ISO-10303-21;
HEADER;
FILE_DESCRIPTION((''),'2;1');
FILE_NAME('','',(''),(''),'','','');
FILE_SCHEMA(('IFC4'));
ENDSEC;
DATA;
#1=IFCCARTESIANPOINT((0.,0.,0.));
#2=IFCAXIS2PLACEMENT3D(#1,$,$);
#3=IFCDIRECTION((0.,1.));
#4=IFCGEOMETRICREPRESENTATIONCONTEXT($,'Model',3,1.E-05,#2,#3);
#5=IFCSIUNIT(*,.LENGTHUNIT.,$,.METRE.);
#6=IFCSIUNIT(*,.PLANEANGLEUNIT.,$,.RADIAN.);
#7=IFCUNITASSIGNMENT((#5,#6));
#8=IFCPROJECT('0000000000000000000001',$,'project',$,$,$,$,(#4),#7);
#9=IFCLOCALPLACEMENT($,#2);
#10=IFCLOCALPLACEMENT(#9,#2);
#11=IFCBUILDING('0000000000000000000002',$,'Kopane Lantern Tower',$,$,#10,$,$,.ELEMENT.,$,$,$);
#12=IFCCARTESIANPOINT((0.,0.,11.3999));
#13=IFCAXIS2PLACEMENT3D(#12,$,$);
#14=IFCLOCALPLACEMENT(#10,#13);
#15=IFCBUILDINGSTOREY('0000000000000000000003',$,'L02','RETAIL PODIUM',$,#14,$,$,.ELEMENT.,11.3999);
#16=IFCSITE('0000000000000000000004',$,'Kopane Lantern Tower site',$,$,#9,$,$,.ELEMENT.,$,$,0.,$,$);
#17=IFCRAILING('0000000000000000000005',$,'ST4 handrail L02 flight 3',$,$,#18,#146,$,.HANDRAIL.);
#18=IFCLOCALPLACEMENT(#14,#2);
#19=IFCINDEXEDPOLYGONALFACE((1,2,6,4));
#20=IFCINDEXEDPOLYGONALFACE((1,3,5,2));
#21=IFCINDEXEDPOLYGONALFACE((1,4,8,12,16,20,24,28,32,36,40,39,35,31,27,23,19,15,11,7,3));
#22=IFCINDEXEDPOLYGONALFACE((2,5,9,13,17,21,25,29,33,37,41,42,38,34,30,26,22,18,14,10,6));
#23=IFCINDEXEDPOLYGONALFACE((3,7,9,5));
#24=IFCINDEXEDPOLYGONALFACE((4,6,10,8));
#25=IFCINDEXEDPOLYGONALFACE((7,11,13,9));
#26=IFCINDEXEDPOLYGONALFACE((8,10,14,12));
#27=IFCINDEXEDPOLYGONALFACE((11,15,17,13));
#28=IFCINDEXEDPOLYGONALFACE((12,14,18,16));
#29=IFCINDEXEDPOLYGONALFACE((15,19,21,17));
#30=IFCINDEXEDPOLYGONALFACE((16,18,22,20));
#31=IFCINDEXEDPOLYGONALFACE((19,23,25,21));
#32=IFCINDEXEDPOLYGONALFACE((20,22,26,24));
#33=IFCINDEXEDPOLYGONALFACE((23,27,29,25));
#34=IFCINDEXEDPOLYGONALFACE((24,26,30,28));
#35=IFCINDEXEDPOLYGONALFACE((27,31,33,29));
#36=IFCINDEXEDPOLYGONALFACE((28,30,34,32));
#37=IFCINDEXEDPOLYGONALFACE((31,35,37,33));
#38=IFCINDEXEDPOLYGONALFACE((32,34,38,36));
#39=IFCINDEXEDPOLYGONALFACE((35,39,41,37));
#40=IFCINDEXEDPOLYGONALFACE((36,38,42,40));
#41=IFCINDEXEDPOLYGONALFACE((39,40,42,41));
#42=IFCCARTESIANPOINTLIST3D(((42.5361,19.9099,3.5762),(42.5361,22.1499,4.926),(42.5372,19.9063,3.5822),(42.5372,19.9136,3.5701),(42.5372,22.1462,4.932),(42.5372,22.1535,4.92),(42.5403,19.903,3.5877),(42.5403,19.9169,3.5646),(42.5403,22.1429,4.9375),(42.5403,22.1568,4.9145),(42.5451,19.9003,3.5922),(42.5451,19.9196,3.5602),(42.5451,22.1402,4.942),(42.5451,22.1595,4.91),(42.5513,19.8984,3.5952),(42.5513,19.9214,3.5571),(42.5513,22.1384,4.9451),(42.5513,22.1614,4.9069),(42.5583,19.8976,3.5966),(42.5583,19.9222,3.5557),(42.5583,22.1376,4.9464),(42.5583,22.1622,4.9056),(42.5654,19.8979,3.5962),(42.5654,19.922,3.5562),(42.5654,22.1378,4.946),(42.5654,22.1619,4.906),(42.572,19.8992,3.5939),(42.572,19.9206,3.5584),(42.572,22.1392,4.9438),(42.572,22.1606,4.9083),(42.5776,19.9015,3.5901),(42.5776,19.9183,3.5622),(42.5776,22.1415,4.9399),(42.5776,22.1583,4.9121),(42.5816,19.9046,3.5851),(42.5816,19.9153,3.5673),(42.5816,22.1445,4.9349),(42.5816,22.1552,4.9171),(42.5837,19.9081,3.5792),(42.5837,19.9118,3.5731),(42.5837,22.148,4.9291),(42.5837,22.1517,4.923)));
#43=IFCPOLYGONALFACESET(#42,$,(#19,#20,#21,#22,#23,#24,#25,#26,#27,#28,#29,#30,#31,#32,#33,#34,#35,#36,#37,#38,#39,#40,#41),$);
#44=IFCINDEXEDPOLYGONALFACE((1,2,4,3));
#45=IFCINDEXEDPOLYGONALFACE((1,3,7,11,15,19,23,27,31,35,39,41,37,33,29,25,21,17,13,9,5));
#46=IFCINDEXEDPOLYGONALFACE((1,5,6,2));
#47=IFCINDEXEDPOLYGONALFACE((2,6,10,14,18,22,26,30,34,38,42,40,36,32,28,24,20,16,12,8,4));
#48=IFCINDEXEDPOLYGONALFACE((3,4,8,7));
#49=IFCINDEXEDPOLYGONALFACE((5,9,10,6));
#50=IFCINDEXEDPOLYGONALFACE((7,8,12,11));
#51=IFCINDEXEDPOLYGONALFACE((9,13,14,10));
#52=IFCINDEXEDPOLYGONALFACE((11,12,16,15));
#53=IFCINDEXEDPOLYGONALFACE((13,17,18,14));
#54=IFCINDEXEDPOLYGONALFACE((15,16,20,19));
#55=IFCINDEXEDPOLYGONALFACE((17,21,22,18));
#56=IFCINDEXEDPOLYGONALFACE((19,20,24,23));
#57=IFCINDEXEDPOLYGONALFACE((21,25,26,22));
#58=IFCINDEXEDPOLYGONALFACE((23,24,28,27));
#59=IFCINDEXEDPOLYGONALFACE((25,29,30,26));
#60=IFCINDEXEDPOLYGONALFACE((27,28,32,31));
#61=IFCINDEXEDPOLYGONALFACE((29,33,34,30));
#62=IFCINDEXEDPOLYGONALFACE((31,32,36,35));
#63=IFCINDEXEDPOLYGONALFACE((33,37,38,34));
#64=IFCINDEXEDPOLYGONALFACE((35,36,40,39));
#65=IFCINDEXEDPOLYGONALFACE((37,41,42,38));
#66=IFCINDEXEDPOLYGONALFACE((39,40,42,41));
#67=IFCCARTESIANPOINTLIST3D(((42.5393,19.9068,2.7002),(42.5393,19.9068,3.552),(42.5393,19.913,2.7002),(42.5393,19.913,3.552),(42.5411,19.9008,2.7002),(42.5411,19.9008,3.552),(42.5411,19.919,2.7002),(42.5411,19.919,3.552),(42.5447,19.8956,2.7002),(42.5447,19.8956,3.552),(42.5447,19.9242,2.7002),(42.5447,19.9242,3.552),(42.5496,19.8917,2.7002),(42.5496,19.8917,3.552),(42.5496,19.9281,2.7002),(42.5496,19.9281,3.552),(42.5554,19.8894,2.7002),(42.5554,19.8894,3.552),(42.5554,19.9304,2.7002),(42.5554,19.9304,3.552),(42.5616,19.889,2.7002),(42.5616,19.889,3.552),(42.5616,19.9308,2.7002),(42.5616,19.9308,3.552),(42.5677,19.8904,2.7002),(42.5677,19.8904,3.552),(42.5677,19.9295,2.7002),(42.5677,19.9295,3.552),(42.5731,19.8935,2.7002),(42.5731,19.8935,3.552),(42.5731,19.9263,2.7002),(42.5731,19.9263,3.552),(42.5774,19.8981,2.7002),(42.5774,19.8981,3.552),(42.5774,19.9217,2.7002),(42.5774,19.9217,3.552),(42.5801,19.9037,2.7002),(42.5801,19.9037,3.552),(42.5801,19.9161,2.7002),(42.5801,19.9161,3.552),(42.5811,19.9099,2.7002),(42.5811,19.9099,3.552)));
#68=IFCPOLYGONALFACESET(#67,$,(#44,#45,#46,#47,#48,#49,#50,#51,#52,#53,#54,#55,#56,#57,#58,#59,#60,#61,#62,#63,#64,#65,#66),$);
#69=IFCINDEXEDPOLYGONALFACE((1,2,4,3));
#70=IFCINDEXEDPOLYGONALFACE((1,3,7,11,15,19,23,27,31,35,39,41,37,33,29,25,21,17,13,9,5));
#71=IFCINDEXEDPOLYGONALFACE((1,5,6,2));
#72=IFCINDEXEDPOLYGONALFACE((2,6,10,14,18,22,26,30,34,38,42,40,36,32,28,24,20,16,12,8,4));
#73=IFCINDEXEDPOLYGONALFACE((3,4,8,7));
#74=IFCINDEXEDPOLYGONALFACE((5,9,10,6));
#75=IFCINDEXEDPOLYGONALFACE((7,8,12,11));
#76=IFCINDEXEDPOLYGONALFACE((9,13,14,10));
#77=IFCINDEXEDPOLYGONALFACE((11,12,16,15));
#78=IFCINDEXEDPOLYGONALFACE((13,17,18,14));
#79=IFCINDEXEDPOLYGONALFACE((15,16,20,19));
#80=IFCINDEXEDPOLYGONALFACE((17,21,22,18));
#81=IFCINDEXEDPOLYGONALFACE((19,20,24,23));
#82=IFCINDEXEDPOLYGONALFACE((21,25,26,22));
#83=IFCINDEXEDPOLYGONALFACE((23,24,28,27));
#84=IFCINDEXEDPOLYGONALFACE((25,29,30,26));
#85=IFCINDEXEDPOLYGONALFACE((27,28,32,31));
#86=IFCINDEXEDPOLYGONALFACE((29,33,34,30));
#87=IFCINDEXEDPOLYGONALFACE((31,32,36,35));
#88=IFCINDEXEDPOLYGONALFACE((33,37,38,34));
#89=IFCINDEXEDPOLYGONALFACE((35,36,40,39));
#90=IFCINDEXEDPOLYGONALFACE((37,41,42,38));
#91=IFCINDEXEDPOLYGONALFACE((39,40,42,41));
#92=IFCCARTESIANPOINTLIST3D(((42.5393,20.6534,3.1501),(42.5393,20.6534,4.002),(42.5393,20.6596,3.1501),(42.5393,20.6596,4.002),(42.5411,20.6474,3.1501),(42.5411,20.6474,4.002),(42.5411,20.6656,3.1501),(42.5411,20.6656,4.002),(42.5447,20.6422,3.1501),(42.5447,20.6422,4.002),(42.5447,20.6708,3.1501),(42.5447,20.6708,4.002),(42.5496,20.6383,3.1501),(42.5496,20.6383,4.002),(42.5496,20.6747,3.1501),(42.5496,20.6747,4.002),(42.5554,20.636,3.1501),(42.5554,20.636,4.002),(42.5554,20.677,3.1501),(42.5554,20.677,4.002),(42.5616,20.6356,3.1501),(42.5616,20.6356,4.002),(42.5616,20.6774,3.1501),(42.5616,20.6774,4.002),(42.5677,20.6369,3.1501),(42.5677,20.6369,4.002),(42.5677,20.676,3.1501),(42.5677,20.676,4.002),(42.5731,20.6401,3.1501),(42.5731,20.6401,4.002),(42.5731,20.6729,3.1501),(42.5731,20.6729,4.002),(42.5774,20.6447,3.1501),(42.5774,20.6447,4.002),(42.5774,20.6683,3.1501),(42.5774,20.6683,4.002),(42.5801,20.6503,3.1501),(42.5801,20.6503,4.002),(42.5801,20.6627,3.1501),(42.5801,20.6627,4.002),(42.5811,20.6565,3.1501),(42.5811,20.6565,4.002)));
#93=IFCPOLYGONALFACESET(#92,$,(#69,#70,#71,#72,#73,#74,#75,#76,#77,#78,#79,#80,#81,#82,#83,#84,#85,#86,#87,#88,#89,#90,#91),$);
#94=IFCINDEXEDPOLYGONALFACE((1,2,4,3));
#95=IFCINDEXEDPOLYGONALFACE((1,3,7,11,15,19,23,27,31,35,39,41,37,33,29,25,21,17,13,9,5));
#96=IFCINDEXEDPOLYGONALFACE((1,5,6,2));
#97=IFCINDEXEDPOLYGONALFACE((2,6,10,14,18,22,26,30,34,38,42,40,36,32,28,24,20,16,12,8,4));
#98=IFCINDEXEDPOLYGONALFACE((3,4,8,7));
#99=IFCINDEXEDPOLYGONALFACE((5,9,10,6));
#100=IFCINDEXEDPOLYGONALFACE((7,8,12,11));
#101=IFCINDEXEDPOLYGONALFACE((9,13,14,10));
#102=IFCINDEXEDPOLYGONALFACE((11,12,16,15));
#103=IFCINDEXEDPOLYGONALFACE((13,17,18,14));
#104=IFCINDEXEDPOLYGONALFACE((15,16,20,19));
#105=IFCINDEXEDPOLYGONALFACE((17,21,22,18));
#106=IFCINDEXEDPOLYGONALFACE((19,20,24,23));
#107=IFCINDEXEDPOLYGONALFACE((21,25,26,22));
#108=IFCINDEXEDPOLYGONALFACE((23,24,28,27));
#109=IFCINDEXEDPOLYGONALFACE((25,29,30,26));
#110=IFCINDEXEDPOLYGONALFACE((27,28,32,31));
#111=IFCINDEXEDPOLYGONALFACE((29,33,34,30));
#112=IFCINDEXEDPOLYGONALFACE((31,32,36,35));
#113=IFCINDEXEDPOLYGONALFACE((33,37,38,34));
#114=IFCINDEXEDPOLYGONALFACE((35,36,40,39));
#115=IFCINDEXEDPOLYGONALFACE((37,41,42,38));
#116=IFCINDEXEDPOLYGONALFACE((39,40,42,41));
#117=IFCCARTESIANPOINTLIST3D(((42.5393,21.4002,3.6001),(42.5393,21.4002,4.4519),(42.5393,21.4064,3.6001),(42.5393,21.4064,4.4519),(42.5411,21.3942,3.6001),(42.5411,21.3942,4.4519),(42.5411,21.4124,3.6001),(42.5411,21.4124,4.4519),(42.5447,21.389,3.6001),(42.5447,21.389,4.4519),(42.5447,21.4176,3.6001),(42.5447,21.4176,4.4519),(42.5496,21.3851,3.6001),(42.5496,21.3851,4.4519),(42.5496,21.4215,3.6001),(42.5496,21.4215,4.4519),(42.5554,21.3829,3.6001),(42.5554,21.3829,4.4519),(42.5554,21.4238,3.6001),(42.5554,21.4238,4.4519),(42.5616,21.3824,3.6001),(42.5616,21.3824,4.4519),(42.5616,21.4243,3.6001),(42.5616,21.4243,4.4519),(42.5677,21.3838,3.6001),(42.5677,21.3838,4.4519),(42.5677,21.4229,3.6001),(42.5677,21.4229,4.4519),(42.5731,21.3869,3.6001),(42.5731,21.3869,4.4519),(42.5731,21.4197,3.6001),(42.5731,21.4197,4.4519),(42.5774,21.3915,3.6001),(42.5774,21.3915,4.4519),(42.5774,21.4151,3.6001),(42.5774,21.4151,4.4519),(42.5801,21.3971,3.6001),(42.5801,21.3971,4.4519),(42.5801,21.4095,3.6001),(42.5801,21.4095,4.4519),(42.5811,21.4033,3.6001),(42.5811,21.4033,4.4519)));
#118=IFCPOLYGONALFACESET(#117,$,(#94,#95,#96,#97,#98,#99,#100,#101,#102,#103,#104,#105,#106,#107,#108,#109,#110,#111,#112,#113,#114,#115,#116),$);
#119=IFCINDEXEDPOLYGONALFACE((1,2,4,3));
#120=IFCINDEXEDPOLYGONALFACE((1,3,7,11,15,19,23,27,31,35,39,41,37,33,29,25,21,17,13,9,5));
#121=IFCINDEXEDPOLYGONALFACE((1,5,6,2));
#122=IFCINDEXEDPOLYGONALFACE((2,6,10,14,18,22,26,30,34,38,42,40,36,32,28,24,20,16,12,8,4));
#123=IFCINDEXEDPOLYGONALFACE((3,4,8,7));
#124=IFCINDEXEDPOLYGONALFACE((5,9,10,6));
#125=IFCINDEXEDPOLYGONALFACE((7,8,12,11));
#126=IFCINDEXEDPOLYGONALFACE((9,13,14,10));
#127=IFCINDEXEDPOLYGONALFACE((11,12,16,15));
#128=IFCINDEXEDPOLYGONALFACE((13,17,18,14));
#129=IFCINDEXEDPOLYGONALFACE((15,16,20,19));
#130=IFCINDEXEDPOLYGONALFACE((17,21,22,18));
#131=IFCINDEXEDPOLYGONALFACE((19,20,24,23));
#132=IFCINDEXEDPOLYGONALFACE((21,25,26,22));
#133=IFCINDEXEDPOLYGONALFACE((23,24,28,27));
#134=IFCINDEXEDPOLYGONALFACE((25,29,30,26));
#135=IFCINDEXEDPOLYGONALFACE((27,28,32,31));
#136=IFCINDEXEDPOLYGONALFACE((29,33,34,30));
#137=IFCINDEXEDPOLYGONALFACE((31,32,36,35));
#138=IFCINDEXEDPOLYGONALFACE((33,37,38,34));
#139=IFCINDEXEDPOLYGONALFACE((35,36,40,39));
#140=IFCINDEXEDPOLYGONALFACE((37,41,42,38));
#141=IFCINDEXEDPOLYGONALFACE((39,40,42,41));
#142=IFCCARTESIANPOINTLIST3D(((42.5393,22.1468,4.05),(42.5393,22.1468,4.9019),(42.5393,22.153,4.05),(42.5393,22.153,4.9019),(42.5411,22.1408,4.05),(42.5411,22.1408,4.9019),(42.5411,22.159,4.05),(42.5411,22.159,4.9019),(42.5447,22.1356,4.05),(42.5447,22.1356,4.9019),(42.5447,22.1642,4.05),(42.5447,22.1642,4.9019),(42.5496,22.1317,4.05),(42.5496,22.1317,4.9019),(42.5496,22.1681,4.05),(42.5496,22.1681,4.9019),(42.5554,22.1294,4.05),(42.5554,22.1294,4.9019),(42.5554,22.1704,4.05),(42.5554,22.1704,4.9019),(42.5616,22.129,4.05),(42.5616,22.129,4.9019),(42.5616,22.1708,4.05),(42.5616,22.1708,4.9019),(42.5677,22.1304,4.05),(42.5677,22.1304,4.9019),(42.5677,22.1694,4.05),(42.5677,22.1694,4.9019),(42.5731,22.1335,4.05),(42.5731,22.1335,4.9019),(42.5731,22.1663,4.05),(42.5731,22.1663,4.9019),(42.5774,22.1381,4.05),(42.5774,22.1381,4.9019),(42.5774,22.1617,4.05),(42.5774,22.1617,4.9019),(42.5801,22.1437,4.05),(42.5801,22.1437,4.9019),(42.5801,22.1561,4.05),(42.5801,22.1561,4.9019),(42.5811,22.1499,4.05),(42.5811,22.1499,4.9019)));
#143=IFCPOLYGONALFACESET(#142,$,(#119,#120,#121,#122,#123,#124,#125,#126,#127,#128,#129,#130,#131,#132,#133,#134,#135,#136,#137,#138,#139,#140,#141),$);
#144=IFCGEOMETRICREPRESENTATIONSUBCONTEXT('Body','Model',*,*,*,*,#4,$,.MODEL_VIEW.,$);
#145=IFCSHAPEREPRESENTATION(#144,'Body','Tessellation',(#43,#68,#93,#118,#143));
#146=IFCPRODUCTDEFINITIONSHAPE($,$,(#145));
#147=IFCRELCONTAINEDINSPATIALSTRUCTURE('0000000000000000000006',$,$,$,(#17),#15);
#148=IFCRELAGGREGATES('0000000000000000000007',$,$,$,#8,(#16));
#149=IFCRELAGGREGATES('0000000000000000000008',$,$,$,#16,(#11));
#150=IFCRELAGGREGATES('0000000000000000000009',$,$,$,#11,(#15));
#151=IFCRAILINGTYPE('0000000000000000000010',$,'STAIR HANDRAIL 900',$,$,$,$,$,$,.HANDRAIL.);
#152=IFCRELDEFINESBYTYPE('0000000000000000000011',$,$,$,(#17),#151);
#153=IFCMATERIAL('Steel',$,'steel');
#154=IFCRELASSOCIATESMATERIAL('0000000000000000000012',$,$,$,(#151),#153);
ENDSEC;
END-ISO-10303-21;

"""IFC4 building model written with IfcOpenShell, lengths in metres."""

from ifc_helpers import new_model, si_unit, direction, frame, origin, origin_2d, place, context, subcontext, project, spatial, circle, extrude, material, type_object, element, save


model = new_model("IFC4")

# Units and contexts
model_context = context("Model", 3, precision=1e-05, world=origin(), true_north=direction((0.0, 1.0)))
body_context = subcontext(model_context, "Body", "Model", "MODEL_VIEW")
ifc_project = project(units=[si_unit("LENGTHUNIT", "METRE"), si_unit("PLANEANGLEUNIT", "RADIAN")], contexts=[model_context])

# Site, building, storey
site_placement = place(None, origin())
site = spatial("IfcSite", under=ifc_project, at=site_placement, Name="Kopane Lantern Tower site", CompositionType="ELEMENT", RefElevation=0.0)
building_placement = place(site_placement, origin())
building = spatial("IfcBuilding", under=site, at=building_placement, Name="Kopane Lantern Tower", CompositionType="ELEMENT")
storey_placement = place(building_placement, frame((0.0, 0.0, 11.3999)))
storey = spatial("IfcBuildingStorey", under=building, at=storey_placement, Name="L02", Description="RETAIL PODIUM", CompositionType="ELEMENT", Elevation=11.3999)

# Railing
ifc_material_1 = material(Name="Steel", Category="steel")
railing_type_1 = type_object("IfcRailingType", Name="STAIR HANDRAIL 900", PredefinedType="HANDRAIL", material=ifc_material_1)
for number, where, name in (
    (1, (42.5601, 19.9099, 2.7002), "ST4 handrail L02 flight 3"),
):
    element("IfcRailing", number, at=place(storey_placement, frame(where)), inside=storey, type_object=railing_type_1, Name=name, PredefinedType="HANDRAIL", context=body_context, shape_type="SweptSolid", body=[
        extrude(circle(Radius=0.0239, at=origin_2d()), frame((0.0, 0.0, 0.876), z_axis=(0.0, 0.856503, 0.516142), x_axis=(-1.0, 0.0, 0.0)), (0.0, 0.0, 1.0), 2.6152),
        extrude(circle(Radius=0.021, at=origin_2d()), origin(), (0.0, 0.0, 1.0), 0.8518),
        extrude(circle(Radius=0.021, at=origin_2d()), frame((0.0, 0.7466, 0.45)), (0.0, 0.0, 1.0), 0.8518),
        extrude(circle(Radius=0.021, at=origin_2d()), frame((0.0, 1.4934, 0.8999)), (0.0, 0.0, 1.0), 0.8518),
        extrude(circle(Radius=0.021, at=origin_2d()), frame((0.0, 2.24, 1.3499)), (0.0, 0.0, 1.0), 0.8518),
    ])

save(model, "model.ifc")
